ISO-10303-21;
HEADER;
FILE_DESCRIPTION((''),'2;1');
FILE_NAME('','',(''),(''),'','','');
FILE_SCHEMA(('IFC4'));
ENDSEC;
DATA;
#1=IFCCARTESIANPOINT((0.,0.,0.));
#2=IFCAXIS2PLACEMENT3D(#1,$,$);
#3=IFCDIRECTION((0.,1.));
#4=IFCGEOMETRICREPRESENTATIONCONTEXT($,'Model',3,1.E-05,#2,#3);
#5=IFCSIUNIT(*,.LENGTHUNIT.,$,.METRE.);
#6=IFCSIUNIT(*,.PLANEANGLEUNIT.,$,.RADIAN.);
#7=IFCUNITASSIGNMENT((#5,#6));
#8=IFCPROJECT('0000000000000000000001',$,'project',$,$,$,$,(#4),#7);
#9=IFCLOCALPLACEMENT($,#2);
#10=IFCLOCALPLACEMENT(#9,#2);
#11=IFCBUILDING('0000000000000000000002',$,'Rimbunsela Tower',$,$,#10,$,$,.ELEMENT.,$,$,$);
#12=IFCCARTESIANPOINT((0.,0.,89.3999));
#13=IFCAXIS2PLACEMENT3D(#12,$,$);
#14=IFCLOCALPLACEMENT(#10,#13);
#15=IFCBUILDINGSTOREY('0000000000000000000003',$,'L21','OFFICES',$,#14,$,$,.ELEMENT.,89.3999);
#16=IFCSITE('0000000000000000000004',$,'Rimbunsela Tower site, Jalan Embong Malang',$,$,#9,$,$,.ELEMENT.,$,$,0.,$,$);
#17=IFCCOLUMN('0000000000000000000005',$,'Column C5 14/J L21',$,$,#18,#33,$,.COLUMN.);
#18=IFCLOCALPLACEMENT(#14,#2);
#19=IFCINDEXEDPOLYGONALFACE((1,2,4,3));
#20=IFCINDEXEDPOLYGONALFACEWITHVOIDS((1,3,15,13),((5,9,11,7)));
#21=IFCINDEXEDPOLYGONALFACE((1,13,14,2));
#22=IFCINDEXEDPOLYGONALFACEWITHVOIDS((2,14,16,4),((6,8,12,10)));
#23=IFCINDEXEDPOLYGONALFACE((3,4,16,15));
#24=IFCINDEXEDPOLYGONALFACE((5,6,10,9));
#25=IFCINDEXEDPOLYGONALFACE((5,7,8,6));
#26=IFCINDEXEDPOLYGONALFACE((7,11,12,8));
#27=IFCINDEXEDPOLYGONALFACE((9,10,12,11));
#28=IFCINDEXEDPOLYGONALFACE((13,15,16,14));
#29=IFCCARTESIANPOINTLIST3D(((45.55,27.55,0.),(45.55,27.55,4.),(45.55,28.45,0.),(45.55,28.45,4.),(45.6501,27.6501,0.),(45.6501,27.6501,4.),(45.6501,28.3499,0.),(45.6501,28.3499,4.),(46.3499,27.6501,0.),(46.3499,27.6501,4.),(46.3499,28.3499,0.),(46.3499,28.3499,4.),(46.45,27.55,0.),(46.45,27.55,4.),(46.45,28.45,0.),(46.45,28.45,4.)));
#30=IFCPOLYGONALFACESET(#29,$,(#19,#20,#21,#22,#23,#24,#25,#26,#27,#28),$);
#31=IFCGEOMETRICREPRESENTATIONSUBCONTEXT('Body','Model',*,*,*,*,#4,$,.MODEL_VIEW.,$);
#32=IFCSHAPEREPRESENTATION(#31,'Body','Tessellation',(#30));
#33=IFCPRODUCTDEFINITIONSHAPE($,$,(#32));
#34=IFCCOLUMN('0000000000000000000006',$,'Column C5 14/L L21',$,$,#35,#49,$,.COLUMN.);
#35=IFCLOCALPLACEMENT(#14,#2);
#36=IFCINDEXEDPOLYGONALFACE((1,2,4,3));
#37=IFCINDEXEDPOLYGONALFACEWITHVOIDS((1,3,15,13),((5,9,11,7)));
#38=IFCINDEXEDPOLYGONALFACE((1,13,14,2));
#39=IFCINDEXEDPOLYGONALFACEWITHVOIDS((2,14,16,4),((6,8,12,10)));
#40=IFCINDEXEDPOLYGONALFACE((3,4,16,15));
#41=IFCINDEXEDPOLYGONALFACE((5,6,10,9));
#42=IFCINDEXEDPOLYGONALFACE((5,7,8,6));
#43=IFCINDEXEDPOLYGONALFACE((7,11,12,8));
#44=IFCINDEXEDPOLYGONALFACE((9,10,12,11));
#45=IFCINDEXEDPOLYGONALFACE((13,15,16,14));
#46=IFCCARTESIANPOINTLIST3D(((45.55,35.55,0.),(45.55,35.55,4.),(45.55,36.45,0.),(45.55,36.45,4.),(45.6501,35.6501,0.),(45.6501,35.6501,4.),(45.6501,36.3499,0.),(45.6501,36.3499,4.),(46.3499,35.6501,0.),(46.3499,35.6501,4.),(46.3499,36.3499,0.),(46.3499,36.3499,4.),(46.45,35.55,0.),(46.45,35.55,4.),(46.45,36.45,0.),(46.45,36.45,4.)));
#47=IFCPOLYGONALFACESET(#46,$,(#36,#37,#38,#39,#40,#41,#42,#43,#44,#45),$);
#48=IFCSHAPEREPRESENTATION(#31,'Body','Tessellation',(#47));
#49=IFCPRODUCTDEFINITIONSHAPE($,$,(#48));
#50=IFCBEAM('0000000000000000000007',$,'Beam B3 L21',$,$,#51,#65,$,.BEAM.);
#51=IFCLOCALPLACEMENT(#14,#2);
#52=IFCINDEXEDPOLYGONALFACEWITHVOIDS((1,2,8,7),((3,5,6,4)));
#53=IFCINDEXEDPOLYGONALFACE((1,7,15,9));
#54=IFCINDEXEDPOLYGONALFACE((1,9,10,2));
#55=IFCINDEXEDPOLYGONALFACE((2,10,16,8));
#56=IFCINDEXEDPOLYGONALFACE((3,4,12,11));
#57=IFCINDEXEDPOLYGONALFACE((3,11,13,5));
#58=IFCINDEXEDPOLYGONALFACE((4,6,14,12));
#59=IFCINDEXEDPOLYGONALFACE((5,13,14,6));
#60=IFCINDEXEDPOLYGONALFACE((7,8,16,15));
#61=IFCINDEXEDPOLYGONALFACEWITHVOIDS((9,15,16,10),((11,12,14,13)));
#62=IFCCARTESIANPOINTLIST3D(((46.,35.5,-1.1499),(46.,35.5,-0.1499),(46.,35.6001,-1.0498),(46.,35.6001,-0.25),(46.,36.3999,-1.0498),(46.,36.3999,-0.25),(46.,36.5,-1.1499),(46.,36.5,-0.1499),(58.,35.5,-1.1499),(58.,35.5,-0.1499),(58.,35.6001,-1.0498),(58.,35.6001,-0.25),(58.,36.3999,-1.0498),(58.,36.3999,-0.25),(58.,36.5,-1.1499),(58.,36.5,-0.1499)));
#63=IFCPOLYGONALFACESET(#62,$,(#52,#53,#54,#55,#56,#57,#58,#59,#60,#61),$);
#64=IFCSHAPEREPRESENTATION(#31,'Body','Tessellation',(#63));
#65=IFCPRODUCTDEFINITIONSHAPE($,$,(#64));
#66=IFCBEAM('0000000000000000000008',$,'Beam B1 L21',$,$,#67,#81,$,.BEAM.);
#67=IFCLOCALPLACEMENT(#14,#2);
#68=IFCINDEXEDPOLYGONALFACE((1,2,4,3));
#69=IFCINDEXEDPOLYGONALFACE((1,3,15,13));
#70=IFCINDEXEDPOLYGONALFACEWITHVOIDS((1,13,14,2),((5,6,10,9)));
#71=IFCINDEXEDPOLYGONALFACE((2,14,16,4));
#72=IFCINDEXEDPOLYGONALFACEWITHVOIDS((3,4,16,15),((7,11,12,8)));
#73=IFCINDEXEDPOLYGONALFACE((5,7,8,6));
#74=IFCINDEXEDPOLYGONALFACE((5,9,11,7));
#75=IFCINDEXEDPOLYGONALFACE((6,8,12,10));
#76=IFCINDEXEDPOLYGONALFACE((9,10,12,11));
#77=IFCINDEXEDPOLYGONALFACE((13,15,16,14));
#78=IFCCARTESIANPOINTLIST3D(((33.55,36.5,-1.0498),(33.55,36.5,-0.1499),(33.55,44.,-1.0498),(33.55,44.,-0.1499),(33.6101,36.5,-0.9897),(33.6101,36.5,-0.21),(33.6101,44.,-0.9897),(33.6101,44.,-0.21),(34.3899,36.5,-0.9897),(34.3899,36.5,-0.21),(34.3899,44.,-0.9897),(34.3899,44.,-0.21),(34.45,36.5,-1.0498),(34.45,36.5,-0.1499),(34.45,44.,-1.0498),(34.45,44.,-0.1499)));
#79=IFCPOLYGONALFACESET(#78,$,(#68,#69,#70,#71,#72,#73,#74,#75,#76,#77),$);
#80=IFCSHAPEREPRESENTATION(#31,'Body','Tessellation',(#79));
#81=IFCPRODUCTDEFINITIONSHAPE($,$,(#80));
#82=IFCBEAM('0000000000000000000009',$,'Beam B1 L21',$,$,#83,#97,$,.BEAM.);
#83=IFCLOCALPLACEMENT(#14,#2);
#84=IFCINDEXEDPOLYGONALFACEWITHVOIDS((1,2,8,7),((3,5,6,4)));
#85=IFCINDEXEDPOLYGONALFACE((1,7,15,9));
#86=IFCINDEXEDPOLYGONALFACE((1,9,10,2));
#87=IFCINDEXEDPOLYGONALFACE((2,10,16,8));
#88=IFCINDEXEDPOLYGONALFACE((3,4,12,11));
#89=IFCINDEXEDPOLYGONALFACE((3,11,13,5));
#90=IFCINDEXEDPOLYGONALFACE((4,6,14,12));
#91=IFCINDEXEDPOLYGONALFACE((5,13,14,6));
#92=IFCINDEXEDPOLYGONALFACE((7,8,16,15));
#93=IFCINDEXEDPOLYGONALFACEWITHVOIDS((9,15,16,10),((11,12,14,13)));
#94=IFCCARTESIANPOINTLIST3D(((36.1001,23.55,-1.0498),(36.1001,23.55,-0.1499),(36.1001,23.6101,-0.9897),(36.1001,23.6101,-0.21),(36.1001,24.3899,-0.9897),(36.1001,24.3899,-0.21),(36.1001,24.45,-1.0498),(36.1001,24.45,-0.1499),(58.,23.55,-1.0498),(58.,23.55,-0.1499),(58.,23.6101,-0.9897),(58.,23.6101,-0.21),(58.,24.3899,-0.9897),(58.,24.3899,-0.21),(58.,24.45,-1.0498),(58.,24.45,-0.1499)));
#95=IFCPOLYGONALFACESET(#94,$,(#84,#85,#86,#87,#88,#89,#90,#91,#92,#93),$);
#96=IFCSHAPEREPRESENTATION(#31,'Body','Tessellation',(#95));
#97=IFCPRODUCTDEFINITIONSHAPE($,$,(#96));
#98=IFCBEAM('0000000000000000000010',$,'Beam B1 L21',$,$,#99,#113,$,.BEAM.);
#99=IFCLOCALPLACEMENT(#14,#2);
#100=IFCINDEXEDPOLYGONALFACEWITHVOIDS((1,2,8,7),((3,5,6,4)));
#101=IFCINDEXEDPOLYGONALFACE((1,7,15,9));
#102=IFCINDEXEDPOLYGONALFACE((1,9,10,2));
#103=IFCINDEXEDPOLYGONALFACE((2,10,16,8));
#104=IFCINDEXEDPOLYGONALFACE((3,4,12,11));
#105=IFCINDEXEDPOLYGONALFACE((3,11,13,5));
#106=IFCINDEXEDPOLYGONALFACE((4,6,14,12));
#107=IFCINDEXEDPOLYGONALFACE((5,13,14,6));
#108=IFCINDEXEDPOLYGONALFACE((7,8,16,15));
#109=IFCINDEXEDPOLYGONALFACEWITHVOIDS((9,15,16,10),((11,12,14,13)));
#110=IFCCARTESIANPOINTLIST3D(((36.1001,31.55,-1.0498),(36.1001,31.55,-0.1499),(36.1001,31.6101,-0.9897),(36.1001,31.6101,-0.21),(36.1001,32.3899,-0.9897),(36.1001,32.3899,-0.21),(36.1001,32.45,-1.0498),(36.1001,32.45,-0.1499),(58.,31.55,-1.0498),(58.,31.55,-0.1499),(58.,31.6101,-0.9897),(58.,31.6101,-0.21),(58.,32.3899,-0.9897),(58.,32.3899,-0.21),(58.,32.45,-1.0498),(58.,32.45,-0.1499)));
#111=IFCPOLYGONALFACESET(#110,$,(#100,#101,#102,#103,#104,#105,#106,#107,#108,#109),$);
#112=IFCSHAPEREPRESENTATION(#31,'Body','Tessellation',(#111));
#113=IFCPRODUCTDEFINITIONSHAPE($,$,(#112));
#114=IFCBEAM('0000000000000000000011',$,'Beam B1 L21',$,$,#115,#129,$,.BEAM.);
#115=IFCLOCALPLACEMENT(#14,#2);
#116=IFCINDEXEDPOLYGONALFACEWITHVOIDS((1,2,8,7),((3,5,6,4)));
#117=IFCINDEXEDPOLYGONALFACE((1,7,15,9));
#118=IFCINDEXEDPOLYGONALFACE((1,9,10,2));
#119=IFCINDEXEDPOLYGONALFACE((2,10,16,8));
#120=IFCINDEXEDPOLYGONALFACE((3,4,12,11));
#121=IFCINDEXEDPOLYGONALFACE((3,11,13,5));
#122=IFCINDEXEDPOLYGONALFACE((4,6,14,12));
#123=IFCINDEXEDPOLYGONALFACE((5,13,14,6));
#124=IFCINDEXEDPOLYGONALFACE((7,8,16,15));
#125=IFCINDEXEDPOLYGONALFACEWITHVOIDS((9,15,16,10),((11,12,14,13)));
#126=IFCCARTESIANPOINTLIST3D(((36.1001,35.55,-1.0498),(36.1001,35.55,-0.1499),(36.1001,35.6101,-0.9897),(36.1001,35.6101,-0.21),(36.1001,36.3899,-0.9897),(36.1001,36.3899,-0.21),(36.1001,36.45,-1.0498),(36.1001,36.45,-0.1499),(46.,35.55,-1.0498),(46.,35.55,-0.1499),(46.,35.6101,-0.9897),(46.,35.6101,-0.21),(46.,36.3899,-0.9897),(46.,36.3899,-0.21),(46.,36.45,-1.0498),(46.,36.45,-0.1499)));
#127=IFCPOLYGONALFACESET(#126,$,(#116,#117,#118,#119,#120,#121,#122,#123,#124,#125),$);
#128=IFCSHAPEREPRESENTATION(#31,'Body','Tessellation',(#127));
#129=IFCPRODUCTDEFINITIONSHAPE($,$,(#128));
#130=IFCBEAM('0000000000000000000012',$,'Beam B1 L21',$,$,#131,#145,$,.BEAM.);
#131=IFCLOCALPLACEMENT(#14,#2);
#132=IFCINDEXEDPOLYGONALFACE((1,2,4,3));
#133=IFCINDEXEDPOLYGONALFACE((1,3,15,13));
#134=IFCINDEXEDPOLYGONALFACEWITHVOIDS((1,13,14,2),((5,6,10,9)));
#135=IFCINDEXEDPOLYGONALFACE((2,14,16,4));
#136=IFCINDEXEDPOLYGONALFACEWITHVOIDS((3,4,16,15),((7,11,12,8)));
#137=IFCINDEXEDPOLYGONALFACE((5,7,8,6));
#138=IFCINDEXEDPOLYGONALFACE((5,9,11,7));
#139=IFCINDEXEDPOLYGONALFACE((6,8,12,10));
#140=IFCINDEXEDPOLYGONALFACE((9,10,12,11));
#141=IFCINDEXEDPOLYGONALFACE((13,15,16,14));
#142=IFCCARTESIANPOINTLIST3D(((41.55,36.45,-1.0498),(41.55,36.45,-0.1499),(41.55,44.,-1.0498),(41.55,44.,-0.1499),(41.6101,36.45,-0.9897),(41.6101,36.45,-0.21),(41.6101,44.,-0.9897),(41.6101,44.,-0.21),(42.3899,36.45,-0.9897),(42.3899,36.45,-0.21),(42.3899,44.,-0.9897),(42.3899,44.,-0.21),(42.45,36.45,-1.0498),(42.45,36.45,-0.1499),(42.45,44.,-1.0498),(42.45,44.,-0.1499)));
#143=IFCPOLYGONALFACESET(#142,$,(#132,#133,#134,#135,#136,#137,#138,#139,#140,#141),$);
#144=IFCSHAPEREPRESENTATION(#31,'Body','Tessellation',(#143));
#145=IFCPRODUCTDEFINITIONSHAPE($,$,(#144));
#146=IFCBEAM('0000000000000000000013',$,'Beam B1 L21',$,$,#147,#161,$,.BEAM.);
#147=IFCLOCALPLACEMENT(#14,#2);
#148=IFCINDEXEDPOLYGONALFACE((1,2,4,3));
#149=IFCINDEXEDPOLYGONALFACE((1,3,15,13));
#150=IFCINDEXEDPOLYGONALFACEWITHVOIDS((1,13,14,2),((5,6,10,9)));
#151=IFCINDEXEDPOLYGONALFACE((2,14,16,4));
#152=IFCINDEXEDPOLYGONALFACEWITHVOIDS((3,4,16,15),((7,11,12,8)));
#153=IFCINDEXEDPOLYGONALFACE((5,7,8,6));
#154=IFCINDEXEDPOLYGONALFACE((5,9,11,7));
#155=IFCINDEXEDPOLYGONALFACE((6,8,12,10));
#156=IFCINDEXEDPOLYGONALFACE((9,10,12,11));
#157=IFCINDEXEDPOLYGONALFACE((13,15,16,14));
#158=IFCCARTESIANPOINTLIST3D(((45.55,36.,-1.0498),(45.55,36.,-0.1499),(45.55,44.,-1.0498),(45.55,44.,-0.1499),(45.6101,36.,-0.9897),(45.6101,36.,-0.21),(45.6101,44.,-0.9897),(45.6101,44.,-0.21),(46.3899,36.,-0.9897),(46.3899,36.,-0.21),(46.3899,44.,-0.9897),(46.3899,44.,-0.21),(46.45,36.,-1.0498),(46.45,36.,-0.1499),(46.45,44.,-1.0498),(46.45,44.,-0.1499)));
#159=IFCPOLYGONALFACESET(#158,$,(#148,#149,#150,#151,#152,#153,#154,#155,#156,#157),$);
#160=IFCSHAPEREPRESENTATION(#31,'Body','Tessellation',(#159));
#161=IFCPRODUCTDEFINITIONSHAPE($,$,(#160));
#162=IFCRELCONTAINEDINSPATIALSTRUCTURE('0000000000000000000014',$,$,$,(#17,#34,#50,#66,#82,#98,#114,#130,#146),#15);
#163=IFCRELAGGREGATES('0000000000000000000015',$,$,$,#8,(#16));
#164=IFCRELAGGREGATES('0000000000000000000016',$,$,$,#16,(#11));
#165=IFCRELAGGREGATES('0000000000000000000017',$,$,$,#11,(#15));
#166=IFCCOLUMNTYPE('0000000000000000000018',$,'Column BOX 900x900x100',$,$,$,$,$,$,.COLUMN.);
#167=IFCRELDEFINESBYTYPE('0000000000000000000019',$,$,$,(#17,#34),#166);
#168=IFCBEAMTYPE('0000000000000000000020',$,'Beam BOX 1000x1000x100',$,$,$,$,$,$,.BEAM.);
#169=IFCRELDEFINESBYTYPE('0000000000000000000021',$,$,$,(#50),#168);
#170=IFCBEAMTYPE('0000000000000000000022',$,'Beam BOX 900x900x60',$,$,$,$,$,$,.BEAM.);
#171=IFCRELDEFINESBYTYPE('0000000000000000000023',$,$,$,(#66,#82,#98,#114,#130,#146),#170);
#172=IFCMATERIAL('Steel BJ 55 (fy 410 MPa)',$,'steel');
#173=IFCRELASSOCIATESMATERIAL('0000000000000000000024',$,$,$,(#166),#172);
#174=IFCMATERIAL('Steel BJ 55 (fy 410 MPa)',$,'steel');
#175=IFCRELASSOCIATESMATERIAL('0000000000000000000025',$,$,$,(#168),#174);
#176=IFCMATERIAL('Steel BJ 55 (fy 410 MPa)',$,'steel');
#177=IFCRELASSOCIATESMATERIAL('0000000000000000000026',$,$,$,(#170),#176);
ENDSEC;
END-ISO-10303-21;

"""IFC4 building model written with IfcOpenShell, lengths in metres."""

from ifc_helpers import new_model, si_unit, direction, frame, origin, origin_2d, place, context, subcontext, project, spatial, hollow_rectangle, extrude, material, material_profile, profile_set, type_object, element, save


model = new_model("IFC4")

# Units and contexts
model_context = context("Model", 3, precision=1e-05, world=origin(), true_north=direction((0.0, 1.0)))
body_context = subcontext(model_context, "Body", "Model", "MODEL_VIEW")
ifc_project = project(units=[si_unit("LENGTHUNIT", "METRE"), si_unit("PLANEANGLEUNIT", "RADIAN")], contexts=[model_context])

# Site, building, storey
site_placement = place(None, origin())
site = spatial("IfcSite", under=ifc_project, at=site_placement, Name="Rimbunsela Tower site, Jalan Embong Malang", CompositionType="ELEMENT", RefElevation=0.0)
building_placement = place(site_placement, origin())
building = spatial("IfcBuilding", under=site, at=building_placement, Name="Rimbunsela Tower", CompositionType="ELEMENT")
storey_placement = place(building_placement, frame((0.0, 0.0, 89.3999)))
storey = spatial("IfcBuildingStorey", under=building, at=storey_placement, Name="L21", Description="OFFICES", CompositionType="ELEMENT", Elevation=89.3999)

# Columns
ifc_material_1 = material(Name="Steel BJ 55 (fy 410 MPa)", Category="steel")
ifc_material_profile_1 = material_profile(ifc_material_1, hollow_rectangle(XDim=0.8999, YDim=0.8999, WallThickness=0.1001, at=origin_2d()), Name="BOX 900x900x100")
ifc_profile_set_1 = profile_set([ifc_material_profile_1], Name="Steel BJ 55 (fy 410 MPa)")
column_type = type_object("IfcColumnType", Name="Column BOX 900x900x100", PredefinedType="COLUMN", material=ifc_profile_set_1)
for number, where, z_axis, x_axis, name in (
    (1, (46.0, 28.0, 0.0), (0.0, 0.0, 1.0), (1.0, 0.0, 0.0), "Column C5 14/J L21"),
    (2, (46.0, 36.0, 0.0), (0.0, 0.0, 1.0), (1.0, 0.0, 0.0), "Column C5 14/L L21"),
):
    element("IfcColumn", number, at=place(storey_placement, frame(where, z_axis=z_axis, x_axis=x_axis)), inside=storey, type_object=column_type, Name=name, PredefinedType="COLUMN", context=body_context, shape_type="SweptSolid", body=[
        extrude(hollow_rectangle(XDim=0.8999, YDim=0.8999, WallThickness=0.1001, at=origin_2d()), origin(), (0.0, 0.0, 1.0), 4.0),
    ])

# Beams
ifc_material_2 = material(Name="Steel BJ 55 (fy 410 MPa)", Category="steel")
ifc_material_profile_2 = material_profile(ifc_material_2, hollow_rectangle(XDim=1.0, YDim=1.0, WallThickness=0.1001, at=origin_2d()), Name="BOX 1000x1000x100")
ifc_profile_set_2 = profile_set([ifc_material_profile_2], Name="Steel BJ 55 (fy 410 MPa)")
beam_type_1 = type_object("IfcBeamType", Name="Beam BOX 1000x1000x100", PredefinedType="BEAM", material=ifc_profile_set_2)
beam_1_placement = place(storey_placement, frame((46.0, 36.0, -0.6499), z_axis=(1.0, 0.0, 0.0), x_axis=(0.0, 1.0, 0.0)))
element("IfcBeam", 3, at=beam_1_placement, inside=storey, type_object=beam_type_1, Name="Beam B3 L21", PredefinedType="BEAM", context=body_context, shape_type="SweptSolid", body=[
    extrude(hollow_rectangle(XDim=1.0, YDim=1.0, WallThickness=0.1001, at=origin_2d()), origin(), (0.0, 0.0, 1.0), 12.0),
])
ifc_material_3 = material(Name="Steel BJ 55 (fy 410 MPa)", Category="steel")
ifc_material_profile_3 = material_profile(ifc_material_3, hollow_rectangle(XDim=0.8999, YDim=0.8999, WallThickness=0.0601, at=origin_2d()), Name="BOX 900x900x60")
ifc_profile_set_3 = profile_set([ifc_material_profile_3], Name="Steel BJ 55 (fy 410 MPa)")
beam_type_2 = type_object("IfcBeamType", Name="Beam BOX 900x900x60", PredefinedType="BEAM", material=ifc_profile_set_3)
beam_2_placement = place(storey_placement, frame((34.0, 36.5, -0.5999), z_axis=(0.0, 1.0, 0.0), x_axis=(-1.0, 0.0, 0.0)))
element("IfcBeam", 4, at=beam_2_placement, inside=storey, type_object=beam_type_2, Name="Beam B1 L21", PredefinedType="BEAM", context=body_context, shape_type="SweptSolid", body=[
    extrude(hollow_rectangle(XDim=0.8999, YDim=0.8999, WallThickness=0.0601, at=origin_2d()), origin(), (0.0, 0.0, 1.0), 7.5),
])
for number, where, z_axis, x_axis, name in (
    (5, (36.1001, 24.0, -0.5999), (1.0, 0.0, 0.0), (0.0, 1.0, 0.0), "Beam B1 L21"),
    (6, (36.1001, 32.0, -0.5999), (1.0, 0.0, 0.0), (0.0, 1.0, 0.0), "Beam B1 L21"),
):
    element("IfcBeam", number, at=place(storey_placement, frame(where, z_axis=z_axis, x_axis=x_axis)), inside=storey, type_object=beam_type_2, Name=name, PredefinedType="BEAM", context=body_context, shape_type="SweptSolid", body=[
        extrude(hollow_rectangle(XDim=0.8999, YDim=0.8999, WallThickness=0.0601, at=origin_2d()), origin(), (0.0, 0.0, 1.0), 21.8999),
    ])
beam_3_placement = place(storey_placement, frame((36.1001, 36.0, -0.5999), z_axis=(1.0, 0.0, 0.0), x_axis=(0.0, 1.0, 0.0)))
element("IfcBeam", 7, at=beam_3_placement, inside=storey, type_object=beam_type_2, Name="Beam B1 L21", PredefinedType="BEAM", context=body_context, shape_type="SweptSolid", body=[
    extrude(hollow_rectangle(XDim=0.8999, YDim=0.8999, WallThickness=0.0601, at=origin_2d()), origin(), (0.0, 0.0, 1.0), 9.8999),
])
beam_4_placement = place(storey_placement, frame((42.0, 36.45, -0.5999), z_axis=(0.0, 1.0, 0.0), x_axis=(-1.0, 0.0, 0.0)))
element("IfcBeam", 8, at=beam_4_placement, inside=storey, type_object=beam_type_2, Name="Beam B1 L21", PredefinedType="BEAM", context=body_context, shape_type="SweptSolid", body=[
    extrude(hollow_rectangle(XDim=0.8999, YDim=0.8999, WallThickness=0.0601, at=origin_2d()), origin(), (0.0, 0.0, 1.0), 7.55),
])
beam_5_placement = place(storey_placement, frame((46.0, 36.0, -0.5999), z_axis=(0.0, 1.0, 0.0), x_axis=(-1.0, 0.0, 0.0)))
element("IfcBeam", 9, at=beam_5_placement, inside=storey, type_object=beam_type_2, Name="Beam B1 L21", PredefinedType="BEAM", context=body_context, shape_type="SweptSolid", body=[
    extrude(hollow_rectangle(XDim=0.8999, YDim=0.8999, WallThickness=0.0601, at=origin_2d()), origin(), (0.0, 0.0, 1.0), 8.0),
])

save(model, "model.ifc")
